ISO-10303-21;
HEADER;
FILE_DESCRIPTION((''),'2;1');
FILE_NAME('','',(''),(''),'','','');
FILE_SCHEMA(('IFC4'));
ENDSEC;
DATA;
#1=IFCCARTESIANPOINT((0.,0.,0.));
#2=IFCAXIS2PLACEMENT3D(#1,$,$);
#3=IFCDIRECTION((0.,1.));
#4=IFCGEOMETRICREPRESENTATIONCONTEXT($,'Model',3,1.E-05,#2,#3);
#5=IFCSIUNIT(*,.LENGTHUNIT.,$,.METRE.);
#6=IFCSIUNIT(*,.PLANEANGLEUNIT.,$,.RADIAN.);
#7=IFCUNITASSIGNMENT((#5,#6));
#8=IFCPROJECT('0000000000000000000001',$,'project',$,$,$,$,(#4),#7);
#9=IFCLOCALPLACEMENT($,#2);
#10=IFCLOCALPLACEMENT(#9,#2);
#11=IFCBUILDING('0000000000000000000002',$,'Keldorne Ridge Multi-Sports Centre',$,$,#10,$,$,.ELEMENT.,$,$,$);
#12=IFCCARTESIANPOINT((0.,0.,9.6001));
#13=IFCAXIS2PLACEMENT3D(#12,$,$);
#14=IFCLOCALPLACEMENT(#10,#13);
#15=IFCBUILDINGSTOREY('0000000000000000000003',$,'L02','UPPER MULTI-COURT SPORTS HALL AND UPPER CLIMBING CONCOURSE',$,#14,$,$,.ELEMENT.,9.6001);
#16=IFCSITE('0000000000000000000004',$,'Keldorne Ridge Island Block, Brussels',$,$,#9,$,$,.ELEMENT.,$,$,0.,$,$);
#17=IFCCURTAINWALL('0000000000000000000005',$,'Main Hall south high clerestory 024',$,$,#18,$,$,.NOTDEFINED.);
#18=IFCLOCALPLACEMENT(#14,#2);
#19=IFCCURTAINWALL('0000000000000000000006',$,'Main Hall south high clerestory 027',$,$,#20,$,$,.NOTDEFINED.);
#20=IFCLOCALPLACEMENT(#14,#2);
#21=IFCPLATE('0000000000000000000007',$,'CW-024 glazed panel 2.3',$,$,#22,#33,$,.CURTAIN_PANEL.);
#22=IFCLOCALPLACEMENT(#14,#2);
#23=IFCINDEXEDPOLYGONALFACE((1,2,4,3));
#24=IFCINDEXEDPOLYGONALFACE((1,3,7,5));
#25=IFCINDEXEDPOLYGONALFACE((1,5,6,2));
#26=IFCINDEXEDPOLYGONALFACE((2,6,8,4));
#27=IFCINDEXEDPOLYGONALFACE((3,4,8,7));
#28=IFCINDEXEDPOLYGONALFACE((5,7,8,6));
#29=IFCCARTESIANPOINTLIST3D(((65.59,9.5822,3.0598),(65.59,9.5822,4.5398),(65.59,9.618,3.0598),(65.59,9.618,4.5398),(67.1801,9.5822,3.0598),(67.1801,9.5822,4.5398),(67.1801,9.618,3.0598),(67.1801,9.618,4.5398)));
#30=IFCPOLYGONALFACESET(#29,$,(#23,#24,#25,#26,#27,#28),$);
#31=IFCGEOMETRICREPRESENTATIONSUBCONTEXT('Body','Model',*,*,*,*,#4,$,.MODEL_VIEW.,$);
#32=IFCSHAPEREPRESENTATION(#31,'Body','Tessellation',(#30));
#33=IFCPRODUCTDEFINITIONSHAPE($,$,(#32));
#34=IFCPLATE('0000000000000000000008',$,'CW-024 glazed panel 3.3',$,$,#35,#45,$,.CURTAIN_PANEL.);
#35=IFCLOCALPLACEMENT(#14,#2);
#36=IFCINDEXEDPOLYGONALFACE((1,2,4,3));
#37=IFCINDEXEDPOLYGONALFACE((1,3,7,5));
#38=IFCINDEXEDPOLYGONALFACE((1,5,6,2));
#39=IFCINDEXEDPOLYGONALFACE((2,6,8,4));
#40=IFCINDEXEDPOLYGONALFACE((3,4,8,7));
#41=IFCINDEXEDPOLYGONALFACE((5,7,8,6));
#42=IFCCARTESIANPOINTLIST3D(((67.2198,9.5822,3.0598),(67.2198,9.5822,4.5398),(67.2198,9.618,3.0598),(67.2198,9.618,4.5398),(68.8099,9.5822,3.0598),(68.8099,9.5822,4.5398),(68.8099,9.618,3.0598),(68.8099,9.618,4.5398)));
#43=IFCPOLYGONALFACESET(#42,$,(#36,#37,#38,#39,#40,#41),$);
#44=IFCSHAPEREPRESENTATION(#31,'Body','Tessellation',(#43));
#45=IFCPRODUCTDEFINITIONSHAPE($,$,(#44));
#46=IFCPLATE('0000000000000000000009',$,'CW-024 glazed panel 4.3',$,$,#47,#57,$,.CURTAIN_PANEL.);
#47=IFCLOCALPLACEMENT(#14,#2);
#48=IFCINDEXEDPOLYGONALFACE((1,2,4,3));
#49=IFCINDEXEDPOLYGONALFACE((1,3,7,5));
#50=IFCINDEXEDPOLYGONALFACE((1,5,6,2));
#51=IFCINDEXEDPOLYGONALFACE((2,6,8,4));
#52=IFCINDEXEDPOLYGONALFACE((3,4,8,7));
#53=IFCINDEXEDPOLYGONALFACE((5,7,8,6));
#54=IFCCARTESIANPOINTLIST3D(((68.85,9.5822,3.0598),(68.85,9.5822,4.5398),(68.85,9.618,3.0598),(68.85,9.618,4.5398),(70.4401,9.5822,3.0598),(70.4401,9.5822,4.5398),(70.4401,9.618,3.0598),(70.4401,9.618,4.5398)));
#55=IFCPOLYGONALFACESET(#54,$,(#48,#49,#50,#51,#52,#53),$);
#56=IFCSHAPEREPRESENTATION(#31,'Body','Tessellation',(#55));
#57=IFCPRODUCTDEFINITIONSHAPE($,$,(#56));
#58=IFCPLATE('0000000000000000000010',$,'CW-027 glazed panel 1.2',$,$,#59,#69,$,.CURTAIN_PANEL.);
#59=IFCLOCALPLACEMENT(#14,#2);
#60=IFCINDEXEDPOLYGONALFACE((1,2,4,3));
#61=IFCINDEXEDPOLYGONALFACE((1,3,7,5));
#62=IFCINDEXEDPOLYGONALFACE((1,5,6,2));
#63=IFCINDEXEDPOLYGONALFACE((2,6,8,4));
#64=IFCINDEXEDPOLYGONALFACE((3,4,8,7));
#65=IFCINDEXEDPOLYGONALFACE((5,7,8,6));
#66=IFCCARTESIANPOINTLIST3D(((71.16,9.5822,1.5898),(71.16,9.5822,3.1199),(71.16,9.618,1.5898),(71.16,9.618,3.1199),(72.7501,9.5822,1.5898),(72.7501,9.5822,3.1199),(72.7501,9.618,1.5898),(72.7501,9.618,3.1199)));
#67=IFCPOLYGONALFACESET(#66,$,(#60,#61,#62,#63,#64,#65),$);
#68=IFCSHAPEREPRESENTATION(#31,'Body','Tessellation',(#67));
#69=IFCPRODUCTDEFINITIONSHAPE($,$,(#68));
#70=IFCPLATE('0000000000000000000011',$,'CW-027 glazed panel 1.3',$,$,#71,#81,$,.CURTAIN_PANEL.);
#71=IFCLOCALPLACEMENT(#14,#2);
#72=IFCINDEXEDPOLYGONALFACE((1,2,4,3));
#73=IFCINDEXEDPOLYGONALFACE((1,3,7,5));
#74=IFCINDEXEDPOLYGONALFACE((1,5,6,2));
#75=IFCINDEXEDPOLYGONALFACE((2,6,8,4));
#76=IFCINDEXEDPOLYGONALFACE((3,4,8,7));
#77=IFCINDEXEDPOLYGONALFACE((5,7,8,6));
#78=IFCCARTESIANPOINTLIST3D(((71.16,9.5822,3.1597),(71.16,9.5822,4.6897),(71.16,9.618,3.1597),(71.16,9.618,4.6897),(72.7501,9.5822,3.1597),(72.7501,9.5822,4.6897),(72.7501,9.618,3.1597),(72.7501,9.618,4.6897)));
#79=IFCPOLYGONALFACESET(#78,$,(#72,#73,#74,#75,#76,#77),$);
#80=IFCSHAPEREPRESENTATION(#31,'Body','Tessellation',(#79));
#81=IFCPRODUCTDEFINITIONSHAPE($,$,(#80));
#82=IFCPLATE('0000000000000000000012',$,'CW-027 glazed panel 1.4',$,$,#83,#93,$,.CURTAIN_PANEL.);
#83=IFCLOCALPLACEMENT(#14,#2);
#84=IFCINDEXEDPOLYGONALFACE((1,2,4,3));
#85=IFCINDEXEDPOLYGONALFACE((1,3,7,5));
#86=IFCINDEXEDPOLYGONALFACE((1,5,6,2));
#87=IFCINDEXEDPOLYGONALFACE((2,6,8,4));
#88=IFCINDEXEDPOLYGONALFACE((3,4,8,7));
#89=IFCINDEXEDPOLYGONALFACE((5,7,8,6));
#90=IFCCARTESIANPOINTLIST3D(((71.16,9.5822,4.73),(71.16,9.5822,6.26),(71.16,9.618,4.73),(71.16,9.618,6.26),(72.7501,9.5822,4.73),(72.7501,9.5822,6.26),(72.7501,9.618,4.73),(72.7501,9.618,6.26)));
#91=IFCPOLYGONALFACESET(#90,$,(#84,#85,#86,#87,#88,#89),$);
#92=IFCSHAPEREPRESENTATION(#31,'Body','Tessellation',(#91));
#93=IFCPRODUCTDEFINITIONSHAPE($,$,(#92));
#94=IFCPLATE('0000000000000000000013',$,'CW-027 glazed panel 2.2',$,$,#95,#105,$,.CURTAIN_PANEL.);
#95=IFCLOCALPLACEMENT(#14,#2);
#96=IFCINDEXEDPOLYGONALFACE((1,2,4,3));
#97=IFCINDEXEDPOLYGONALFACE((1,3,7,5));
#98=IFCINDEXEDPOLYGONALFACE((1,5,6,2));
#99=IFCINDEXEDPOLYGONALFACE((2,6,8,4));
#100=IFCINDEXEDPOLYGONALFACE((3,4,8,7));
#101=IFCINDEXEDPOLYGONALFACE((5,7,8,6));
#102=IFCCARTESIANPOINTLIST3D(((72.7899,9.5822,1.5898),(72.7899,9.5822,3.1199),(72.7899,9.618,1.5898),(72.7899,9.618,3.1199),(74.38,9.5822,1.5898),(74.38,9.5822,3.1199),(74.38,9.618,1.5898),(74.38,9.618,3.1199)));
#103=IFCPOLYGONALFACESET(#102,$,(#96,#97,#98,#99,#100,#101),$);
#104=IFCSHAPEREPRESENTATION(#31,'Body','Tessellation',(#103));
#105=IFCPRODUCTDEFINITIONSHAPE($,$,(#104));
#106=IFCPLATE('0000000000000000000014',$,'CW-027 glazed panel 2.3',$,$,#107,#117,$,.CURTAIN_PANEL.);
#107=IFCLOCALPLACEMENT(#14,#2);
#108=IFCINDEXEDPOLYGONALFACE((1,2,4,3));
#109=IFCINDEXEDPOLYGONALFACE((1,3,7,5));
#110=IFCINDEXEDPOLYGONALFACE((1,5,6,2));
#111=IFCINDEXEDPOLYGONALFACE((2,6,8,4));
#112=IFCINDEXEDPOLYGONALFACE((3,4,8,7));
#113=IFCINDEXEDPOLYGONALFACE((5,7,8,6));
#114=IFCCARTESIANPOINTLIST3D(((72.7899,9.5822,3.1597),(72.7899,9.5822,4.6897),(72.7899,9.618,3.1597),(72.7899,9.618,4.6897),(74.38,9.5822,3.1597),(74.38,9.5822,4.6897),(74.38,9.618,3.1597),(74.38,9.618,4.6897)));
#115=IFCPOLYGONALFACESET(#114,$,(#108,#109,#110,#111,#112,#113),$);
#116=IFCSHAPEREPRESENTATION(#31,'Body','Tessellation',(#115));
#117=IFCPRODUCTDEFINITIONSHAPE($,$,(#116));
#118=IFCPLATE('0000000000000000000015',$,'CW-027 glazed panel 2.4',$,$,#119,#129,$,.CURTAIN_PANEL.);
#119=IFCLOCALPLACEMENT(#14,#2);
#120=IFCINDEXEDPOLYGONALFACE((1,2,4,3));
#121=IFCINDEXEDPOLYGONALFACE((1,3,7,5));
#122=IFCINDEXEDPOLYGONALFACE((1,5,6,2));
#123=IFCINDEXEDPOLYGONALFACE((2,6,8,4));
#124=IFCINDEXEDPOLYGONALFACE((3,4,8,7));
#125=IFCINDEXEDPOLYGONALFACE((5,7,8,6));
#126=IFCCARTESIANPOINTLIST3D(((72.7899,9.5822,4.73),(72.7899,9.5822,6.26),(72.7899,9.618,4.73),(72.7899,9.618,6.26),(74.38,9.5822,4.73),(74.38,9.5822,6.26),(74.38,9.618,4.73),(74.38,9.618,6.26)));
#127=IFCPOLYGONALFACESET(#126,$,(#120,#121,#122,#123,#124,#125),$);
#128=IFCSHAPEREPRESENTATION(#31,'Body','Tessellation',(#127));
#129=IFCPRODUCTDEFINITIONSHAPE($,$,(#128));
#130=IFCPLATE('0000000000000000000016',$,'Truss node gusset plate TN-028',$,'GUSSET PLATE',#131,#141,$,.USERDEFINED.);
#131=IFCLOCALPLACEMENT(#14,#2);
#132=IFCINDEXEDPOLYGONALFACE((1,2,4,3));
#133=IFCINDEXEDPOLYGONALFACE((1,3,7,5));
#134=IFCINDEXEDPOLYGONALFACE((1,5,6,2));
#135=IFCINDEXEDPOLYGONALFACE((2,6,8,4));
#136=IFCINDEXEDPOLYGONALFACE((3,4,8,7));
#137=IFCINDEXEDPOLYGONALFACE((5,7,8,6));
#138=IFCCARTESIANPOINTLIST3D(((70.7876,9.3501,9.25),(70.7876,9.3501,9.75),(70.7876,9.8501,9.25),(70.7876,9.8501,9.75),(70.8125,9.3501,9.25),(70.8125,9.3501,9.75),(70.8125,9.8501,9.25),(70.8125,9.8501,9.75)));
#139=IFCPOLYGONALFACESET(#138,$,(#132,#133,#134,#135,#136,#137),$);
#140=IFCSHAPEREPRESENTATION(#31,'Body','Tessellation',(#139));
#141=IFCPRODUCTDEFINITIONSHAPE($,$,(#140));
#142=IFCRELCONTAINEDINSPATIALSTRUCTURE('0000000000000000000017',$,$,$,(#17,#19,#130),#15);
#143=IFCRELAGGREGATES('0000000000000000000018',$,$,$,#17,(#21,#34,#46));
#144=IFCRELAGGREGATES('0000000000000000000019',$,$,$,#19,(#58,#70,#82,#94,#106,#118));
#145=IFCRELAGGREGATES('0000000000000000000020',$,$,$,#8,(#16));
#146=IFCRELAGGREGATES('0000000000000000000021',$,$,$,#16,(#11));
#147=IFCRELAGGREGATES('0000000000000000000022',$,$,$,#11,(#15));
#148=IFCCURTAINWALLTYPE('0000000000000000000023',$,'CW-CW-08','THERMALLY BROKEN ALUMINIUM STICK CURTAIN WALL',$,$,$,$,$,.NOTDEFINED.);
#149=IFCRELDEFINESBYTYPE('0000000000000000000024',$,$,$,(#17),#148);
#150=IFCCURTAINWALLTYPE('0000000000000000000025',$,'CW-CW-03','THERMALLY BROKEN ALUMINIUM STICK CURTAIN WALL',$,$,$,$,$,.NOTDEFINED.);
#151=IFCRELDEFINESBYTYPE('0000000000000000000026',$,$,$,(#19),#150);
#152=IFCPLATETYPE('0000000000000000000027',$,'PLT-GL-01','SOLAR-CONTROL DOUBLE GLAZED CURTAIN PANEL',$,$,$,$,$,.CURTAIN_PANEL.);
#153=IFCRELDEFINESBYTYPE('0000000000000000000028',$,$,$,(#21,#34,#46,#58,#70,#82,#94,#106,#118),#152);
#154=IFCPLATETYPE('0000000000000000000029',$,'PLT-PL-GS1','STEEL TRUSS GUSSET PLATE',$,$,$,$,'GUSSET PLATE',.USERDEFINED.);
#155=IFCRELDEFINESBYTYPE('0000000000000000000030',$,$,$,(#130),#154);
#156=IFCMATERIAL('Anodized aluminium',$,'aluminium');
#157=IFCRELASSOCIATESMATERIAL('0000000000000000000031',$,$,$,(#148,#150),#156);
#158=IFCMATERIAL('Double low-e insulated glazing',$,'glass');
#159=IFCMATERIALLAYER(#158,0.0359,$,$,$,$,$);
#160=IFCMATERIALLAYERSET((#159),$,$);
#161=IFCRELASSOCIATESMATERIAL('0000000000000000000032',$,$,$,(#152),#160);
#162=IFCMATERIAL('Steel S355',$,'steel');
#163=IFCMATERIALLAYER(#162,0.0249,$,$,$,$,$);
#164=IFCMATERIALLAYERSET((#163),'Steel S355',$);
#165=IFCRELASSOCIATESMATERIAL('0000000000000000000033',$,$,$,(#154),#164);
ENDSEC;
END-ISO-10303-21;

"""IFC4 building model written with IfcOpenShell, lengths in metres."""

from ifc_helpers import new_model, si_unit, direction, frame, origin, origin_2d, place, context, subcontext, project, spatial, rectangle, extrude, material, layer, layer_set, type_object, element, aggregate, save


model = new_model("IFC4")

# Units and contexts
model_context = context("Model", 3, precision=1e-05, world=origin(), true_north=direction((0.0, 1.0)))
body_context = subcontext(model_context, "Body", "Model", "MODEL_VIEW")
ifc_project = project(units=[si_unit("LENGTHUNIT", "METRE"), si_unit("PLANEANGLEUNIT", "RADIAN")], contexts=[model_context])

# Site, building, storey
site_placement = place(None, origin())
site = spatial("IfcSite", under=ifc_project, at=site_placement, Name="Keldorne Ridge Island Block, Brussels", CompositionType="ELEMENT", RefElevation=0.0)
building_placement = place(site_placement, origin())
building = spatial("IfcBuilding", under=site, at=building_placement, Name="Keldorne Ridge Multi-Sports Centre", CompositionType="ELEMENT")
storey_placement = place(building_placement, frame((0.0, 0.0, 9.6001)))
storey = spatial("IfcBuildingStorey", under=building, at=storey_placement, Name="L02", Description="UPPER MULTI-COURT SPORTS HALL AND UPPER CLIMBING CONCOURSE", CompositionType="ELEMENT", Elevation=9.6001)

# Shared definitions
ifc_material_1 = material(Name="Steel S355", Category="steel")

# Curtain walls
ifc_material_2 = material(Name="Anodized aluminium", Category="aluminium")
curtain_wall_type_1 = type_object("IfcCurtainWallType", Name="CW-CW-08", Description="THERMALLY BROKEN ALUMINIUM STICK CURTAIN WALL", PredefinedType="NOTDEFINED", material=ifc_material_2)
curtain_wall_1_placement = place(storey_placement, origin())
curtain_wall_1 = element("IfcCurtainWall", 1, at=curtain_wall_1_placement, inside=storey, type_object=curtain_wall_type_1, Name="Main Hall south high clerestory 024", PredefinedType="NOTDEFINED")
curtain_wall_type_2 = type_object("IfcCurtainWallType", Name="CW-CW-03", Description="THERMALLY BROKEN ALUMINIUM STICK CURTAIN WALL", PredefinedType="NOTDEFINED", material=ifc_material_2)
curtain_wall_2_placement = place(storey_placement, origin())
curtain_wall_2 = element("IfcCurtainWall", 2, at=curtain_wall_2_placement, inside=storey, type_object=curtain_wall_type_2, Name="Main Hall south high clerestory 027", PredefinedType="NOTDEFINED")

# Plates
ifc_material_3 = material(Name="Double low-e insulated glazing", Category="glass")
ifc_layer_1 = layer(ifc_material_3, 0.0359)
ifc_layer_set_1 = layer_set([ifc_layer_1])
plate_type_1 = type_object("IfcPlateType", Name="PLT-GL-01", Description="SOLAR-CONTROL DOUBLE GLAZED CURTAIN PANEL", PredefinedType="CURTAIN_PANEL", material=ifc_layer_set_1)
plate_1_placement = place(storey_placement, frame((66.385, 9.6001, 3.0598), z_axis=(0.0, 0.0, 1.0), x_axis=(1.0, 0.0, 0.0)))
plate_1 = element("IfcPlate", 3, at=plate_1_placement, type_object=plate_type_1, Name="CW-024 glazed panel 2.3", PredefinedType="CURTAIN_PANEL", context=body_context, shape_type="SweptSolid", body=[
    extrude(rectangle(XDim=1.5901, YDim=0.0359, at=origin_2d()), origin(), (0.0, 0.0, 1.0), 1.48),
])
plate_2_placement = place(storey_placement, frame((68.0149, 9.6001, 3.0598), z_axis=(0.0, 0.0, 1.0), x_axis=(1.0, 0.0, 0.0)))
plate_2 = element("IfcPlate", 4, at=plate_2_placement, type_object=plate_type_1, Name="CW-024 glazed panel 3.3", PredefinedType="CURTAIN_PANEL", context=body_context, shape_type="SweptSolid", body=[
    extrude(rectangle(XDim=1.5901, YDim=0.0359, at=origin_2d()), origin(), (0.0, 0.0, 1.0), 1.48),
])
plate_3_placement = place(storey_placement, frame((69.645, 9.6001, 3.0598), z_axis=(0.0, 0.0, 1.0), x_axis=(1.0, 0.0, 0.0)))
plate_3 = element("IfcPlate", 5, at=plate_3_placement, type_object=plate_type_1, Name="CW-024 glazed panel 4.3", PredefinedType="CURTAIN_PANEL", context=body_context, shape_type="SweptSolid", body=[
    extrude(rectangle(XDim=1.5901, YDim=0.0359, at=origin_2d()), origin(), (0.0, 0.0, 1.0), 1.48),
])
aggregate(curtain_wall_1, [plate_1, plate_2, plate_3])
plate_4_placement = place(storey_placement, frame((71.9551, 9.6001, 1.5898), z_axis=(0.0, 0.0, 1.0), x_axis=(1.0, 0.0, 0.0)))
plate_4 = element("IfcPlate", 6, at=plate_4_placement, type_object=plate_type_1, Name="CW-027 glazed panel 1.2", PredefinedType="CURTAIN_PANEL", context=body_context, shape_type="SweptSolid", body=[
    extrude(rectangle(XDim=1.5901, YDim=0.0359, at=origin_2d()), origin(), (0.0, 0.0, 1.0), 1.53),
])
plate_5_placement = place(storey_placement, frame((71.9551, 9.6001, 3.1597), z_axis=(0.0, 0.0, 1.0), x_axis=(1.0, 0.0, 0.0)))
plate_5 = element("IfcPlate", 7, at=plate_5_placement, type_object=plate_type_1, Name="CW-027 glazed panel 1.3", PredefinedType="CURTAIN_PANEL", context=body_context, shape_type="SweptSolid", body=[
    extrude(rectangle(XDim=1.5901, YDim=0.0359, at=origin_2d()), origin(), (0.0, 0.0, 1.0), 1.53),
])
plate_6_placement = place(storey_placement, frame((71.9551, 9.6001, 4.73), z_axis=(0.0, 0.0, 1.0), x_axis=(1.0, 0.0, 0.0)))
plate_6 = element("IfcPlate", 8, at=plate_6_placement, type_object=plate_type_1, Name="CW-027 glazed panel 1.4", PredefinedType="CURTAIN_PANEL", context=body_context, shape_type="SweptSolid", body=[
    extrude(rectangle(XDim=1.5901, YDim=0.0359, at=origin_2d()), origin(), (0.0, 0.0, 1.0), 1.53),
])
plate_7_placement = place(storey_placement, frame((73.585, 9.6001, 1.5898), z_axis=(0.0, 0.0, 1.0), x_axis=(1.0, 0.0, 0.0)))
plate_7 = element("IfcPlate", 9, at=plate_7_placement, type_object=plate_type_1, Name="CW-027 glazed panel 2.2", PredefinedType="CURTAIN_PANEL", context=body_context, shape_type="SweptSolid", body=[
    extrude(rectangle(XDim=1.5901, YDim=0.0359, at=origin_2d()), origin(), (0.0, 0.0, 1.0), 1.53),
])
plate_8_placement = place(storey_placement, frame((73.585, 9.6001, 3.1597), z_axis=(0.0, 0.0, 1.0), x_axis=(1.0, 0.0, 0.0)))
plate_8 = element("IfcPlate", 10, at=plate_8_placement, type_object=plate_type_1, Name="CW-027 glazed panel 2.3", PredefinedType="CURTAIN_PANEL", context=body_context, shape_type="SweptSolid", body=[
    extrude(rectangle(XDim=1.5901, YDim=0.0359, at=origin_2d()), origin(), (0.0, 0.0, 1.0), 1.53),
])
plate_9_placement = place(storey_placement, frame((73.585, 9.6001, 4.73), z_axis=(0.0, 0.0, 1.0), x_axis=(1.0, 0.0, 0.0)))
plate_9 = element("IfcPlate", 11, at=plate_9_placement, type_object=plate_type_1, Name="CW-027 glazed panel 2.4", PredefinedType="CURTAIN_PANEL", context=body_context, shape_type="SweptSolid", body=[
    extrude(rectangle(XDim=1.5901, YDim=0.0359, at=origin_2d()), origin(), (0.0, 0.0, 1.0), 1.53),
])
aggregate(curtain_wall_2, [plate_4, plate_5, plate_6, plate_7, plate_8, plate_9])
ifc_layer_2 = layer(ifc_material_1, 0.0249)
ifc_layer_set_2 = layer_set([ifc_layer_2], Name="Steel S355")
plate_type_2 = type_object("IfcPlateType", Name="PLT-PL-GS1", Description="STEEL TRUSS GUSSET PLATE", ElementType="GUSSET PLATE", PredefinedType="USERDEFINED", material=ifc_layer_set_2)
plate_10_placement = place(storey_placement, frame((70.8, 9.6001, 9.25), z_axis=(0.0, 0.0, 1.0), x_axis=(1.0, 0.0, 0.0)))
element("IfcPlate", 12, at=plate_10_placement, inside=storey, type_object=plate_type_2, Name="Truss node gusset plate TN-028", ObjectType="GUSSET PLATE", PredefinedType="USERDEFINED", context=body_context, shape_type="SweptSolid", body=[
    extrude(rectangle(XDim=0.0249, YDim=0.5, at=origin_2d()), origin(), (0.0, 0.0, 1.0), 0.5),
])

save(model, "model.ifc")
